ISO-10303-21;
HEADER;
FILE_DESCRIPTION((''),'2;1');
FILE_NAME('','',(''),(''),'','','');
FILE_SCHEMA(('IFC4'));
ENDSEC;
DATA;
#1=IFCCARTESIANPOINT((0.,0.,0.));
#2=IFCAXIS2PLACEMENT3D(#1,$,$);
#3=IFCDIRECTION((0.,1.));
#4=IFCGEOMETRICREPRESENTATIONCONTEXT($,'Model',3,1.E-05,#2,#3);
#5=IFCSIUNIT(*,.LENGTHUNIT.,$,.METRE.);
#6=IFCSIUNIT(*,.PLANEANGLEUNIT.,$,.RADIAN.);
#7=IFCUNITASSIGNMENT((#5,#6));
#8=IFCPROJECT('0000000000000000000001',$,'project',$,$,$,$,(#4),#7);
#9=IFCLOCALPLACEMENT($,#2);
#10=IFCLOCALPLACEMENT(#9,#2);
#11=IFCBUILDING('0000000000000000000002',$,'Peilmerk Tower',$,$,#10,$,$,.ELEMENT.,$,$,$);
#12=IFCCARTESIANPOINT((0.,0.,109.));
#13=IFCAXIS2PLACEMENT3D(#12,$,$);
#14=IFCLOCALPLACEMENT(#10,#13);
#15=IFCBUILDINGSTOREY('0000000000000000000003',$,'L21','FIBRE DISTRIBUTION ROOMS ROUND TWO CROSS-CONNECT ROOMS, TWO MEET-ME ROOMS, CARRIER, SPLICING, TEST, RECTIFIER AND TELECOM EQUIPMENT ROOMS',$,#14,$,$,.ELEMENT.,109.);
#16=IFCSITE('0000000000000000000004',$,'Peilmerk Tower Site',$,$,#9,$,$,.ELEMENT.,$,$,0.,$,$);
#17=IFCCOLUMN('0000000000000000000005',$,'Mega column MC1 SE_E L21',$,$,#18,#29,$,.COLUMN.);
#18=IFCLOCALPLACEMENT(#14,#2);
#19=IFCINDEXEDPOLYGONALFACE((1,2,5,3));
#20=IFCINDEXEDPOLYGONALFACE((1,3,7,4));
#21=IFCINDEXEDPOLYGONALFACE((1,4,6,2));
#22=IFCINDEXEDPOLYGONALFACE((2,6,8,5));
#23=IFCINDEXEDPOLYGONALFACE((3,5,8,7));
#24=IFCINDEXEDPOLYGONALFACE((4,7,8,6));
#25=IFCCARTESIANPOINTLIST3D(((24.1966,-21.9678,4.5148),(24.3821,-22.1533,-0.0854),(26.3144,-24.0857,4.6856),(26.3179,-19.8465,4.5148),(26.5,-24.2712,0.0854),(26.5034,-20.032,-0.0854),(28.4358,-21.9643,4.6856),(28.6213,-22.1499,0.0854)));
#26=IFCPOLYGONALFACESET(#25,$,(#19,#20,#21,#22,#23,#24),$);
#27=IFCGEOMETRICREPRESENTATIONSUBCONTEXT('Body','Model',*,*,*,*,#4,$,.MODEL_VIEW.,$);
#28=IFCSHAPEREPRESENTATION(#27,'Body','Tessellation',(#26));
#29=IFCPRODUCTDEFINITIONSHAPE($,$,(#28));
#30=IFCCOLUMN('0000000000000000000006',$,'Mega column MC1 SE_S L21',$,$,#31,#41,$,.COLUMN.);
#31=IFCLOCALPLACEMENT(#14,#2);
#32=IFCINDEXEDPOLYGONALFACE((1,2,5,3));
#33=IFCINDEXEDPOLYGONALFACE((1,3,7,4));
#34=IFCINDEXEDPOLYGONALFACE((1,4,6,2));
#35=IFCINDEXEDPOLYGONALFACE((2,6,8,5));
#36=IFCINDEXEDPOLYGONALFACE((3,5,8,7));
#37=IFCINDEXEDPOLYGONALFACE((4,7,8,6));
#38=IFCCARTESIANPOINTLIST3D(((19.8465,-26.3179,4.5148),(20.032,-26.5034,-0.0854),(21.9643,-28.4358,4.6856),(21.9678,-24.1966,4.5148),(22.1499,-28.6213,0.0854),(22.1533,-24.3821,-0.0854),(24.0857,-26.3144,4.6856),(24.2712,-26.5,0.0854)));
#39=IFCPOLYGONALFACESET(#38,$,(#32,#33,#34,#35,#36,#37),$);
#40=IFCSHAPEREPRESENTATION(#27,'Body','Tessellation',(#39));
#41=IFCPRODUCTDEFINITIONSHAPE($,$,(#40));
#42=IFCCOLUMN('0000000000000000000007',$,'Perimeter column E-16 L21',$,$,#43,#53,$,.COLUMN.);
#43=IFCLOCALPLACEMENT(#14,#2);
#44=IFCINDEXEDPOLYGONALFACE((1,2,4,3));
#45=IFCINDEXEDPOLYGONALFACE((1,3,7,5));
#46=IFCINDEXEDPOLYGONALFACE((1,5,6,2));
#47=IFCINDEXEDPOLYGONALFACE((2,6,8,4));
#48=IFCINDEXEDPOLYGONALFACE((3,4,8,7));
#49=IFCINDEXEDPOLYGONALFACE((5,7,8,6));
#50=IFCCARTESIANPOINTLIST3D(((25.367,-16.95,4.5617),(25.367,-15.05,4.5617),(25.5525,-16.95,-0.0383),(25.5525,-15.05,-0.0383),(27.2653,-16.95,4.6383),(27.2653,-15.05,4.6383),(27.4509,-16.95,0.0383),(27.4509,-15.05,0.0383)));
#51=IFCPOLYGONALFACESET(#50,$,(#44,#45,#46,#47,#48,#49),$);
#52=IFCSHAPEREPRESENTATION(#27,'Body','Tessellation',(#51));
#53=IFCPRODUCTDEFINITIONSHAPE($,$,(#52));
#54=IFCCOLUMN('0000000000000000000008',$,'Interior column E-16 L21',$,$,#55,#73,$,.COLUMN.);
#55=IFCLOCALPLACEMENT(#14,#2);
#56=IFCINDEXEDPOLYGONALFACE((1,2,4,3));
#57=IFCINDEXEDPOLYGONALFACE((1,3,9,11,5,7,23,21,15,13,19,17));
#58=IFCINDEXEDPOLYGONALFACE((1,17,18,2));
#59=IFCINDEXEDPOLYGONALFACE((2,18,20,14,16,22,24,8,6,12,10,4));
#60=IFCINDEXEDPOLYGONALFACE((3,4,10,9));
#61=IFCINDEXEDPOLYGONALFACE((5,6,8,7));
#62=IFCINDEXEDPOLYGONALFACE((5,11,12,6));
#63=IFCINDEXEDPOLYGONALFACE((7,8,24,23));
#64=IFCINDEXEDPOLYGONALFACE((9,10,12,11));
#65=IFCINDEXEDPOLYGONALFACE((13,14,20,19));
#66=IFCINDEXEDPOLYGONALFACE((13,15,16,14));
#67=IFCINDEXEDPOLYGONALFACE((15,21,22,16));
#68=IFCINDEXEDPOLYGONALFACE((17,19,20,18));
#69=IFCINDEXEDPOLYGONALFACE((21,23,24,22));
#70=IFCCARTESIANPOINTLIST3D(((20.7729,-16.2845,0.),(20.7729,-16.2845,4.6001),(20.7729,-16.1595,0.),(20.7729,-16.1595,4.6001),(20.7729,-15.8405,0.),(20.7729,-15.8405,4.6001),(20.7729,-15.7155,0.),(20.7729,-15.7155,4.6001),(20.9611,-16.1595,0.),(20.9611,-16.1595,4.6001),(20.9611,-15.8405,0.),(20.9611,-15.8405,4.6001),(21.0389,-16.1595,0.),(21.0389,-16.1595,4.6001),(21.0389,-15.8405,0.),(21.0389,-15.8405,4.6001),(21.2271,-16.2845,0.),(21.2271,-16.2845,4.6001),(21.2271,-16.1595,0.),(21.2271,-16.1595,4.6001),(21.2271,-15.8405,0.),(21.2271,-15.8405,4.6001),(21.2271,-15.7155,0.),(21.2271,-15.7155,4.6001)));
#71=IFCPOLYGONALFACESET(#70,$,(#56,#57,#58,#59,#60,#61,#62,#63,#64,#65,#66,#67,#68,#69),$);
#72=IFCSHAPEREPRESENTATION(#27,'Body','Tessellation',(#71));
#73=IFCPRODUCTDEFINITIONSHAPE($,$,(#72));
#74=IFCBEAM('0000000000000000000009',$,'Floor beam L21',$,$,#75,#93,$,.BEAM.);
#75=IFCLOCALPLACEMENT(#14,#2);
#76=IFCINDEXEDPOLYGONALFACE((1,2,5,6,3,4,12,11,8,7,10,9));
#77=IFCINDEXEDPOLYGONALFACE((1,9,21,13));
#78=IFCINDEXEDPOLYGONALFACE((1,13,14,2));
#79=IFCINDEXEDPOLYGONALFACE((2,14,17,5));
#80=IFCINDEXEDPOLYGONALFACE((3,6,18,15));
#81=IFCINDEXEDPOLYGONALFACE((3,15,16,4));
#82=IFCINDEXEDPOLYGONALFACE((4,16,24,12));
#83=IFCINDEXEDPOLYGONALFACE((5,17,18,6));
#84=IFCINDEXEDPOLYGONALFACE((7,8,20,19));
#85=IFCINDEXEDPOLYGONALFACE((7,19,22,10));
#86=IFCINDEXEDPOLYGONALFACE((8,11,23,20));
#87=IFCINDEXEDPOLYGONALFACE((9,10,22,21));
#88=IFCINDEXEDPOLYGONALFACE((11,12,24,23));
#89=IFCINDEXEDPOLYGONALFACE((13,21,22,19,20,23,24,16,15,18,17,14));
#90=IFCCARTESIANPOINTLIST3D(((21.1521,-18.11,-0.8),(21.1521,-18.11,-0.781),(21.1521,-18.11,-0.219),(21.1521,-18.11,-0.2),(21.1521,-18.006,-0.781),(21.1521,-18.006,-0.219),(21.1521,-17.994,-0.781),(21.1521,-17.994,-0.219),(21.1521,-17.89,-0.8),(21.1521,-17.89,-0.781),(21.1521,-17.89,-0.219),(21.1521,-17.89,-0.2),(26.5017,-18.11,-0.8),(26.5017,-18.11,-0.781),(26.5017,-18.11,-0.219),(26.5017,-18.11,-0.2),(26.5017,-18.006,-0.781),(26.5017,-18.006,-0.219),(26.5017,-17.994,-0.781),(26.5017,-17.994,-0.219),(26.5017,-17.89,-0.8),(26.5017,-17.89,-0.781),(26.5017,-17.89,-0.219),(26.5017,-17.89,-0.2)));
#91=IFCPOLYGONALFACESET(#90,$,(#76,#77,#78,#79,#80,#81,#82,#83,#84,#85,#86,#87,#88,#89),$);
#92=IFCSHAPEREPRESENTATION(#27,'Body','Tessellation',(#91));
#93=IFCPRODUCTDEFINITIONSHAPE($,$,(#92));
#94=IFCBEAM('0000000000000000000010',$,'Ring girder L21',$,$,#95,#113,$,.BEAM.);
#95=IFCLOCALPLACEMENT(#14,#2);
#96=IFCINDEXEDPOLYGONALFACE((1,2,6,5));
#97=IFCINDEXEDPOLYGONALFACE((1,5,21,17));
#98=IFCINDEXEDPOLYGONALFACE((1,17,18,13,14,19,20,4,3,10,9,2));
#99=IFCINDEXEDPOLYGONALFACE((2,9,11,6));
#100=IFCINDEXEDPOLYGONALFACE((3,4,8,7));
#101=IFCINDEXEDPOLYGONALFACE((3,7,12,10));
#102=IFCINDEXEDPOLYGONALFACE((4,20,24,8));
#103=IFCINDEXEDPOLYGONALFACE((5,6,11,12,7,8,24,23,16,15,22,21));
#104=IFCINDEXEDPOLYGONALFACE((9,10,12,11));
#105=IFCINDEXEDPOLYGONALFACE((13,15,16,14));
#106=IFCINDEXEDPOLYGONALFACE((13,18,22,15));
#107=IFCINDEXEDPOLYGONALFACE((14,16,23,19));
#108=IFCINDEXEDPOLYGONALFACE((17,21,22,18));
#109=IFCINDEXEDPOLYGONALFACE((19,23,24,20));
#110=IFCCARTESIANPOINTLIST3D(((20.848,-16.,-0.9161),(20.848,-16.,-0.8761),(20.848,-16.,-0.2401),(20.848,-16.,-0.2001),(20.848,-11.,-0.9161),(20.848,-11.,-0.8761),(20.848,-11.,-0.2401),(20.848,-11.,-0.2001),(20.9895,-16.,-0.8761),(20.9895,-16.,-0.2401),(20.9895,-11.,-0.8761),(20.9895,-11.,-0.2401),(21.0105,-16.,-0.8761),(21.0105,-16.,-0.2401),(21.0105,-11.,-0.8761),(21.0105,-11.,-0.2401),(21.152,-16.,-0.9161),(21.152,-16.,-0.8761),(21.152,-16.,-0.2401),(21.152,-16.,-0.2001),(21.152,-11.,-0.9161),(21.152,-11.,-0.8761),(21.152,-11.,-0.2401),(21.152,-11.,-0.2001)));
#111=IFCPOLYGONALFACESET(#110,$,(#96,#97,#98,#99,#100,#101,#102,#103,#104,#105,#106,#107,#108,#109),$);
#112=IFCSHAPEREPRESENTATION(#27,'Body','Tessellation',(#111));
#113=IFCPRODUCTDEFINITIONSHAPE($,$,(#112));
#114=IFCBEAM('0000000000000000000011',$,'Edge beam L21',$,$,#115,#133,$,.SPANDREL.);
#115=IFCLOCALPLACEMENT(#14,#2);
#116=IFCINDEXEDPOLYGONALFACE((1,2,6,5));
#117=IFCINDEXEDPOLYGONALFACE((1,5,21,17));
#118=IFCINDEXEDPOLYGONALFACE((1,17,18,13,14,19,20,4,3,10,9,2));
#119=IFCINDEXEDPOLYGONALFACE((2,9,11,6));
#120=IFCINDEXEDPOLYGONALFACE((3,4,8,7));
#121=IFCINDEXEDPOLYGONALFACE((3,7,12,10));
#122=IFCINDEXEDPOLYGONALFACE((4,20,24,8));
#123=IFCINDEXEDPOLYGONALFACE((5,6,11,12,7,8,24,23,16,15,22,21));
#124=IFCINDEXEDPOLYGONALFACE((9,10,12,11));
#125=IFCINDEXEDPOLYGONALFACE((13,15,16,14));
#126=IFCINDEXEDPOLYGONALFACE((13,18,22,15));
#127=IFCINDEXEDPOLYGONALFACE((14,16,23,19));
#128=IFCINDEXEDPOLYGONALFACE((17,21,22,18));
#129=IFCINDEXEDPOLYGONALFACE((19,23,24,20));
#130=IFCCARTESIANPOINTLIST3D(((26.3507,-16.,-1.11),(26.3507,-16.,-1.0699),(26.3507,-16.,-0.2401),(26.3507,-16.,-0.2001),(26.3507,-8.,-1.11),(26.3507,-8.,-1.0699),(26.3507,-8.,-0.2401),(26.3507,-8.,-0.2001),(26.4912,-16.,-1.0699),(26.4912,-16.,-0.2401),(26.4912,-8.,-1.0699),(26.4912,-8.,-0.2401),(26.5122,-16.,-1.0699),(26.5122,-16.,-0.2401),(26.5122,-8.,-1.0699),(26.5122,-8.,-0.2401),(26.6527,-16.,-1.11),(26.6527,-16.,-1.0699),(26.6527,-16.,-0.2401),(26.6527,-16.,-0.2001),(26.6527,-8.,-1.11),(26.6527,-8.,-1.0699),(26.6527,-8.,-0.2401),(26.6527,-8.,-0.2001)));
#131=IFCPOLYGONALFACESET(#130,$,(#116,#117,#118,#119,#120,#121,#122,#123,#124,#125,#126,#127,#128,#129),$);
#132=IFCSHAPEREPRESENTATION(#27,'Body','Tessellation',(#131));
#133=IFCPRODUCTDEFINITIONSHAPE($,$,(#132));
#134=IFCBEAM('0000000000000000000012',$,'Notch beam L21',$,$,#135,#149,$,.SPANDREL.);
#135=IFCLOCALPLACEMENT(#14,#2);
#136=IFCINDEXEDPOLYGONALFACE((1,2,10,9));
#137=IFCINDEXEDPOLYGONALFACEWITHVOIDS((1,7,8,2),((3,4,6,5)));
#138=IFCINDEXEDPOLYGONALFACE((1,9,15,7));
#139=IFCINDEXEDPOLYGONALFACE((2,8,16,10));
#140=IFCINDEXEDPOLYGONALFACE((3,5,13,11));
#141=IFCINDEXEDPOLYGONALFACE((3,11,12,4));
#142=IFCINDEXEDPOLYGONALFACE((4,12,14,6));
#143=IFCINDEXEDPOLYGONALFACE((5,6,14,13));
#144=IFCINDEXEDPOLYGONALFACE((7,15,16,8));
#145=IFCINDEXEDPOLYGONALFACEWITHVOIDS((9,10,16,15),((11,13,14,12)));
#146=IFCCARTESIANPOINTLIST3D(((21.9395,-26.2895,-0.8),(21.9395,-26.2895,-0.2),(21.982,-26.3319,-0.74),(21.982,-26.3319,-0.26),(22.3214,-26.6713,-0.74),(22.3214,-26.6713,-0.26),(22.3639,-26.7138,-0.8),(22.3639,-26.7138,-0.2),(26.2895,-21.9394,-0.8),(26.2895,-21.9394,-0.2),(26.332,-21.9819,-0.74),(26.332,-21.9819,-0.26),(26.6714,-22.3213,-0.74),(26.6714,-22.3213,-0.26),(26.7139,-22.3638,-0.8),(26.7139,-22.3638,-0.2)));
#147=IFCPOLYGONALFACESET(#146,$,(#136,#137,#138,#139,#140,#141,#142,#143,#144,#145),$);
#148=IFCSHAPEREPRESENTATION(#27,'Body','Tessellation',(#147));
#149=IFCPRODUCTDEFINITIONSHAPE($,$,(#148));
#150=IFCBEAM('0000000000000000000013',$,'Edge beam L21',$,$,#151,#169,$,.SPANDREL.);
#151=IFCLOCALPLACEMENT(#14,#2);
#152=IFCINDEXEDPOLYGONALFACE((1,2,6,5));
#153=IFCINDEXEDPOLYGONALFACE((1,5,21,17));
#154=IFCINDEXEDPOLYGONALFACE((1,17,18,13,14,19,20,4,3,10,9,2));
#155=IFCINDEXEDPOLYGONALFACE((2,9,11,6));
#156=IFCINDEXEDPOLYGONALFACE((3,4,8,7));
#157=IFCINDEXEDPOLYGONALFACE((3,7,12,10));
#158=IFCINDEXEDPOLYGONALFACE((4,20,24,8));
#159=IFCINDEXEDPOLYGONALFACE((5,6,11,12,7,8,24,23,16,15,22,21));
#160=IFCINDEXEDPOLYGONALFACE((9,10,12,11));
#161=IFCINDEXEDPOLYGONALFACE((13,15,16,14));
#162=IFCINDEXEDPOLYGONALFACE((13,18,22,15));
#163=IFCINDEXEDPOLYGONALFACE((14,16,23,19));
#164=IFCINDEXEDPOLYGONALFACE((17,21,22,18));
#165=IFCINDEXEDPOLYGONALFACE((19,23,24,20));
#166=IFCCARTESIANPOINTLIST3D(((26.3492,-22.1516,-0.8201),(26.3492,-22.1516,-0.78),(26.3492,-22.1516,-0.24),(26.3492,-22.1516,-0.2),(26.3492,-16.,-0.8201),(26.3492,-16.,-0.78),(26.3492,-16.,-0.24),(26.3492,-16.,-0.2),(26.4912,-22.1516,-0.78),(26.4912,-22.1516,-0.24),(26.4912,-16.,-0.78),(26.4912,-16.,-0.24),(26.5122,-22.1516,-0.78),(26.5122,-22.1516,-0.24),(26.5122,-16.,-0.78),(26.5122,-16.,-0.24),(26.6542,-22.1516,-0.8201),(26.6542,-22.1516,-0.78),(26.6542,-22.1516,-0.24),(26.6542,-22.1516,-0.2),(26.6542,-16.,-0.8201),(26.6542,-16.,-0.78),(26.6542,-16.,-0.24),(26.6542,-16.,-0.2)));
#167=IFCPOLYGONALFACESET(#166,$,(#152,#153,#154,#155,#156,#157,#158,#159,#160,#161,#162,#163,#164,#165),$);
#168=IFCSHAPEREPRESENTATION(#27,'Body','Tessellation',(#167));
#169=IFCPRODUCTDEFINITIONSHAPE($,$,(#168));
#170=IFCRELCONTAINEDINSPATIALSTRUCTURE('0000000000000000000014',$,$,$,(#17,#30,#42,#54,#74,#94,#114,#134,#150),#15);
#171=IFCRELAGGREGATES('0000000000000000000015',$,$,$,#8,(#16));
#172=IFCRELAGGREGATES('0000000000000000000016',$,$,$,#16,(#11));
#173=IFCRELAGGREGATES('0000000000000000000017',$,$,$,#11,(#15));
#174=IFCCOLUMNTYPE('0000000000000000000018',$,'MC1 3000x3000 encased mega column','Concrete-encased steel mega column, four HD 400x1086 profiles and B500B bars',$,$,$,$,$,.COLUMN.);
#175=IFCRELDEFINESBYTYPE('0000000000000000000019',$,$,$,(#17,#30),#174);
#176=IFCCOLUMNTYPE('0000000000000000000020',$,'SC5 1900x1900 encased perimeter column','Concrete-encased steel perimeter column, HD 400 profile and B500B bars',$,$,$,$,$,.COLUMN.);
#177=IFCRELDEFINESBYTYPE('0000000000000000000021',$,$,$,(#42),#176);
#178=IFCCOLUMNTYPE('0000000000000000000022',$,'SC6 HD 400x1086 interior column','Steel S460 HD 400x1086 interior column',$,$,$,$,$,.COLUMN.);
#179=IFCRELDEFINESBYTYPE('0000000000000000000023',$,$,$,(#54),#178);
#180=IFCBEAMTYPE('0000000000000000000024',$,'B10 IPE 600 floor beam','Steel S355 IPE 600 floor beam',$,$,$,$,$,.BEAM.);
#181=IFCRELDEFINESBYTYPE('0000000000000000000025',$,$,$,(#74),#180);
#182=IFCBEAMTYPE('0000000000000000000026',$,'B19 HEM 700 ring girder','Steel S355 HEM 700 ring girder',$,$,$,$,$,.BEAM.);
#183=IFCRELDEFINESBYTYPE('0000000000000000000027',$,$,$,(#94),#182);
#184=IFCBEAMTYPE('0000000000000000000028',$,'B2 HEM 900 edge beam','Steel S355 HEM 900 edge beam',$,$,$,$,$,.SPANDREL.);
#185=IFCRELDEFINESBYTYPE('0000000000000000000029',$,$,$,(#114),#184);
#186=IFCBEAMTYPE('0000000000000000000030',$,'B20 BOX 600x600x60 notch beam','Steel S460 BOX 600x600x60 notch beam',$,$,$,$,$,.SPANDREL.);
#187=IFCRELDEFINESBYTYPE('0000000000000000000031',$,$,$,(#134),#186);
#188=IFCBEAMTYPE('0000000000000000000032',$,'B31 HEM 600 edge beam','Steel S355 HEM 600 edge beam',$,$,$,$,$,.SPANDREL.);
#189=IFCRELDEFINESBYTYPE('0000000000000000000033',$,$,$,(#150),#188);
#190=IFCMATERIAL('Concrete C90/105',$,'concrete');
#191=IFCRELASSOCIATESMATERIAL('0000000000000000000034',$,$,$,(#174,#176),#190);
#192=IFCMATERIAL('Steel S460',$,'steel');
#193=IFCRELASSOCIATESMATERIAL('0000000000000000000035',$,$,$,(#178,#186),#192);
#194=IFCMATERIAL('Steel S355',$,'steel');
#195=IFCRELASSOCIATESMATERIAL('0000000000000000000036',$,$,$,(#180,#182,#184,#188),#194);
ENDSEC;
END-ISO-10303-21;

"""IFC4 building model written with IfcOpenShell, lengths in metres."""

from ifc_helpers import new_model, si_unit, direction, frame, origin, origin_2d, place, context, subcontext, project, spatial, rectangle, hollow_rectangle, i_section, extrude, material, material_profile, profile_set, type_object, element, save


model = new_model("IFC4")

# Units and contexts
model_context = context("Model", 3, precision=1e-05, world=origin(), true_north=direction((0.0, 1.0)))
body_context = subcontext(model_context, "Body", "Model", "MODEL_VIEW")
ifc_project = project(units=[si_unit("LENGTHUNIT", "METRE"), si_unit("PLANEANGLEUNIT", "RADIAN")], contexts=[model_context])

# Site, building, storey
site_placement = place(None, origin())
site = spatial("IfcSite", under=ifc_project, at=site_placement, Name="Peilmerk Tower Site", CompositionType="ELEMENT", RefElevation=0.0)
building_placement = place(site_placement, origin())
building = spatial("IfcBuilding", under=site, at=building_placement, Name="Peilmerk Tower", CompositionType="ELEMENT")
storey_placement = place(building_placement, frame((0.0, 0.0, 109.0)))
storey = spatial("IfcBuildingStorey", under=building, at=storey_placement, Name="L21", Description="FIBRE DISTRIBUTION ROOMS ROUND TWO CROSS-CONNECT ROOMS, TWO MEET-ME ROOMS, CARRIER, SPLICING, TEST, RECTIFIER AND TELECOM EQUIPMENT ROOMS", CompositionType="ELEMENT", Elevation=109.0)

# Columns
ifc_material_1 = material(Name="Concrete C90/105", Category="concrete")
ifc_material_profile_1 = material_profile(ifc_material_1, rectangle(XDim=3.0, YDim=3.0, at=origin_2d()), Name="RC 3000x3000")
ifc_profile_set_1 = profile_set([ifc_material_profile_1], Name="Concrete C90/105")
column_type_1 = type_object("IfcColumnType", Name="MC1 3000x3000 encased mega column", Description="Concrete-encased steel mega column, four HD 400x1086 profiles and B500B bars", PredefinedType="COLUMN", material=ifc_profile_set_1)
for number, where, z_axis, x_axis, name in (
    (1, (26.5017, -22.1516, 0.0), (-0.04027, 0.04027, 0.998377), (-0.707107, -0.707107, 0.0), "Mega column MC1 SE_E L21"),
    (2, (22.1516, -26.5017, 0.0), (-0.04027, 0.04027, 0.998377), (-0.707107, -0.707107, 0.0), "Mega column MC1 SE_S L21"),
):
    element("IfcColumn", number, at=place(storey_placement, frame(where, z_axis=z_axis, x_axis=x_axis)), inside=storey, type_object=column_type_1, Name=name, PredefinedType="COLUMN", context=body_context, shape_type="SweptSolid", body=[
        extrude(rectangle(XDim=3.0, YDim=3.0, at=origin_2d()), origin(), (0.0, 0.0, 1.0), 4.6077),
    ])
ifc_material_profile_2 = material_profile(ifc_material_1, rectangle(XDim=1.8999, YDim=1.8999, at=origin_2d()), Name="RC 1900x1900")
ifc_profile_set_2 = profile_set([ifc_material_profile_2], Name="Concrete C90/105")
column_type_2 = type_object("IfcColumnType", Name="SC5 1900x1900 encased perimeter column", Description="Concrete-encased steel perimeter column, HD 400 profile and B500B bars", PredefinedType="COLUMN", material=ifc_profile_set_2)
column_1_placement = place(storey_placement, frame((26.5017, -16.0, 0.0), z_axis=(-0.040303, 0.0, 0.999188), x_axis=(0.0, -1.0, 0.0)))
element("IfcColumn", 3, at=column_1_placement, inside=storey, type_object=column_type_2, Name="Perimeter column E-16 L21", PredefinedType="COLUMN", context=body_context, shape_type="SweptSolid", body=[
    extrude(rectangle(XDim=1.8999, YDim=1.8999, at=origin_2d()), origin(), (0.0, 0.0, 1.0), 4.6038),
])
ifc_material_2 = material(Name="Steel S460", Category="steel")
ifc_material_profile_3 = material_profile(ifc_material_2, i_section(OverallWidth=0.4541, OverallDepth=0.5691, WebThickness=0.0779, FlangeThickness=0.125, at=origin_2d()), Name="HD 400x1086")
ifc_profile_set_3 = profile_set([ifc_material_profile_3], Name="Steel S460")
column_type_3 = type_object("IfcColumnType", Name="SC6 HD 400x1086 interior column", Description="Steel S460 HD 400x1086 interior column", PredefinedType="COLUMN", material=ifc_profile_set_3)
column_2_placement = place(storey_placement, frame((21.0, -16.0, 0.0), z_axis=(0.0, 0.0, 1.0), x_axis=(1.0, 0.0, 0.0)))
element("IfcColumn", 4, at=column_2_placement, inside=storey, type_object=column_type_3, Name="Interior column E-16 L21", PredefinedType="COLUMN", context=body_context, shape_type="SweptSolid", body=[
    extrude(i_section(OverallWidth=0.4541, OverallDepth=0.5691, WebThickness=0.0779, FlangeThickness=0.125, at=origin_2d()), origin(), (0.0, 0.0, 1.0), 4.6001),
])

# Beams
ifc_material_3 = material(Name="Steel S355", Category="steel")
ifc_material_profile_4 = material_profile(ifc_material_3, i_section(OverallWidth=0.22, OverallDepth=0.6001, WebThickness=0.012, FlangeThickness=0.019, at=origin_2d()), Name="IPE 600")
ifc_profile_set_4 = profile_set([ifc_material_profile_4], Name="Steel S355")
beam_type_1 = type_object("IfcBeamType", Name="B10 IPE 600 floor beam", Description="Steel S355 IPE 600 floor beam", PredefinedType="BEAM", material=ifc_profile_set_4)
beam_1_placement = place(storey_placement, frame((21.1521, -18.0, -0.5), z_axis=(1.0, 0.0, 0.0), x_axis=(0.0, 1.0, 0.0)))
element("IfcBeam", 5, at=beam_1_placement, inside=storey, type_object=beam_type_1, Name="Floor beam L21", PredefinedType="BEAM", context=body_context, shape_type="SweptSolid", body=[
    extrude(i_section(OverallWidth=0.22, OverallDepth=0.6001, WebThickness=0.012, FlangeThickness=0.019, at=origin_2d()), origin(), (0.0, 0.0, 1.0), 5.3496),
])
ifc_material_profile_5 = material_profile(ifc_material_3, i_section(OverallWidth=0.304, OverallDepth=0.7161, WebThickness=0.021, FlangeThickness=0.04, at=origin_2d()), Name="HEM 700")
ifc_profile_set_5 = profile_set([ifc_material_profile_5], Name="Steel S355")
beam_type_2 = type_object("IfcBeamType", Name="B19 HEM 700 ring girder", Description="Steel S355 HEM 700 ring girder", PredefinedType="BEAM", material=ifc_profile_set_5)
beam_2_placement = place(storey_placement, frame((21.0, -16.0, -0.5581), z_axis=(0.0, 1.0, 0.0), x_axis=(-1.0, 0.0, 0.0)))
element("IfcBeam", 6, at=beam_2_placement, inside=storey, type_object=beam_type_2, Name="Ring girder L21", PredefinedType="BEAM", context=body_context, shape_type="SweptSolid", body=[
    extrude(i_section(OverallWidth=0.304, OverallDepth=0.7161, WebThickness=0.021, FlangeThickness=0.04, at=origin_2d()), origin(), (0.0, 0.0, 1.0), 5.0),
])
ifc_material_profile_6 = material_profile(ifc_material_3, i_section(OverallWidth=0.302, OverallDepth=0.9099, WebThickness=0.021, FlangeThickness=0.04, at=origin_2d()), Name="HEM 900")
ifc_profile_set_6 = profile_set([ifc_material_profile_6], Name="Steel S355")
beam_type_3 = type_object("IfcBeamType", Name="B2 HEM 900 edge beam", Description="Steel S355 HEM 900 edge beam", PredefinedType="SPANDREL", material=ifc_profile_set_6)
beam_3_placement = place(storey_placement, frame((26.5017, -16.0, -0.655), z_axis=(0.0, 1.0, 0.0), x_axis=(-1.0, 0.0, 0.0)))
element("IfcBeam", 7, at=beam_3_placement, inside=storey, type_object=beam_type_3, Name="Edge beam L21", PredefinedType="SPANDREL", context=body_context, shape_type="SweptSolid", body=[
    extrude(i_section(OverallWidth=0.302, OverallDepth=0.9099, WebThickness=0.021, FlangeThickness=0.04, at=origin_2d()), origin(), (0.0, 0.0, 1.0), 8.0),
])
ifc_material_profile_7 = material_profile(ifc_material_2, hollow_rectangle(XDim=0.6001, YDim=0.6001, WallThickness=0.0601, at=origin_2d()), Name="BOX 600x600x60")
ifc_profile_set_7 = profile_set([ifc_material_profile_7], Name="Steel S460")
beam_type_4 = type_object("IfcBeamType", Name="B20 BOX 600x600x60 notch beam", Description="Steel S460 BOX 600x600x60 notch beam", PredefinedType="SPANDREL", material=ifc_profile_set_7)
beam_4_placement = place(storey_placement, frame((26.5017, -22.1516, -0.5), z_axis=(-0.707107, -0.707107, 0.0), x_axis=(0.707107, -0.707107, 0.0)))
element("IfcBeam", 8, at=beam_4_placement, inside=storey, type_object=beam_type_4, Name="Notch beam L21", PredefinedType="SPANDREL", context=body_context, shape_type="SweptSolid", body=[
    extrude(hollow_rectangle(XDim=0.6001, YDim=0.6001, WallThickness=0.0601, at=origin_2d()), origin(), (0.0, 0.0, 1.0), 6.1519),
])
ifc_material_profile_8 = material_profile(ifc_material_3, i_section(OverallWidth=0.3049, OverallDepth=0.6201, WebThickness=0.021, FlangeThickness=0.04, at=origin_2d()), Name="HEM 600")
ifc_profile_set_8 = profile_set([ifc_material_profile_8], Name="Steel S355")
beam_type_5 = type_object("IfcBeamType", Name="B31 HEM 600 edge beam", Description="Steel S355 HEM 600 edge beam", PredefinedType="SPANDREL", material=ifc_profile_set_8)
beam_5_placement = place(storey_placement, frame((26.5017, -22.1516, -0.51), z_axis=(0.0, 1.0, 0.0), x_axis=(-1.0, 0.0, 0.0)))
element("IfcBeam", 9, at=beam_5_placement, inside=storey, type_object=beam_type_5, Name="Edge beam L21", PredefinedType="SPANDREL", context=body_context, shape_type="SweptSolid", body=[
    extrude(i_section(OverallWidth=0.3049, OverallDepth=0.6201, WebThickness=0.021, FlangeThickness=0.04, at=origin_2d()), origin(), (0.0, 0.0, 1.0), 6.1516),
])

save(model, "model.ifc")
